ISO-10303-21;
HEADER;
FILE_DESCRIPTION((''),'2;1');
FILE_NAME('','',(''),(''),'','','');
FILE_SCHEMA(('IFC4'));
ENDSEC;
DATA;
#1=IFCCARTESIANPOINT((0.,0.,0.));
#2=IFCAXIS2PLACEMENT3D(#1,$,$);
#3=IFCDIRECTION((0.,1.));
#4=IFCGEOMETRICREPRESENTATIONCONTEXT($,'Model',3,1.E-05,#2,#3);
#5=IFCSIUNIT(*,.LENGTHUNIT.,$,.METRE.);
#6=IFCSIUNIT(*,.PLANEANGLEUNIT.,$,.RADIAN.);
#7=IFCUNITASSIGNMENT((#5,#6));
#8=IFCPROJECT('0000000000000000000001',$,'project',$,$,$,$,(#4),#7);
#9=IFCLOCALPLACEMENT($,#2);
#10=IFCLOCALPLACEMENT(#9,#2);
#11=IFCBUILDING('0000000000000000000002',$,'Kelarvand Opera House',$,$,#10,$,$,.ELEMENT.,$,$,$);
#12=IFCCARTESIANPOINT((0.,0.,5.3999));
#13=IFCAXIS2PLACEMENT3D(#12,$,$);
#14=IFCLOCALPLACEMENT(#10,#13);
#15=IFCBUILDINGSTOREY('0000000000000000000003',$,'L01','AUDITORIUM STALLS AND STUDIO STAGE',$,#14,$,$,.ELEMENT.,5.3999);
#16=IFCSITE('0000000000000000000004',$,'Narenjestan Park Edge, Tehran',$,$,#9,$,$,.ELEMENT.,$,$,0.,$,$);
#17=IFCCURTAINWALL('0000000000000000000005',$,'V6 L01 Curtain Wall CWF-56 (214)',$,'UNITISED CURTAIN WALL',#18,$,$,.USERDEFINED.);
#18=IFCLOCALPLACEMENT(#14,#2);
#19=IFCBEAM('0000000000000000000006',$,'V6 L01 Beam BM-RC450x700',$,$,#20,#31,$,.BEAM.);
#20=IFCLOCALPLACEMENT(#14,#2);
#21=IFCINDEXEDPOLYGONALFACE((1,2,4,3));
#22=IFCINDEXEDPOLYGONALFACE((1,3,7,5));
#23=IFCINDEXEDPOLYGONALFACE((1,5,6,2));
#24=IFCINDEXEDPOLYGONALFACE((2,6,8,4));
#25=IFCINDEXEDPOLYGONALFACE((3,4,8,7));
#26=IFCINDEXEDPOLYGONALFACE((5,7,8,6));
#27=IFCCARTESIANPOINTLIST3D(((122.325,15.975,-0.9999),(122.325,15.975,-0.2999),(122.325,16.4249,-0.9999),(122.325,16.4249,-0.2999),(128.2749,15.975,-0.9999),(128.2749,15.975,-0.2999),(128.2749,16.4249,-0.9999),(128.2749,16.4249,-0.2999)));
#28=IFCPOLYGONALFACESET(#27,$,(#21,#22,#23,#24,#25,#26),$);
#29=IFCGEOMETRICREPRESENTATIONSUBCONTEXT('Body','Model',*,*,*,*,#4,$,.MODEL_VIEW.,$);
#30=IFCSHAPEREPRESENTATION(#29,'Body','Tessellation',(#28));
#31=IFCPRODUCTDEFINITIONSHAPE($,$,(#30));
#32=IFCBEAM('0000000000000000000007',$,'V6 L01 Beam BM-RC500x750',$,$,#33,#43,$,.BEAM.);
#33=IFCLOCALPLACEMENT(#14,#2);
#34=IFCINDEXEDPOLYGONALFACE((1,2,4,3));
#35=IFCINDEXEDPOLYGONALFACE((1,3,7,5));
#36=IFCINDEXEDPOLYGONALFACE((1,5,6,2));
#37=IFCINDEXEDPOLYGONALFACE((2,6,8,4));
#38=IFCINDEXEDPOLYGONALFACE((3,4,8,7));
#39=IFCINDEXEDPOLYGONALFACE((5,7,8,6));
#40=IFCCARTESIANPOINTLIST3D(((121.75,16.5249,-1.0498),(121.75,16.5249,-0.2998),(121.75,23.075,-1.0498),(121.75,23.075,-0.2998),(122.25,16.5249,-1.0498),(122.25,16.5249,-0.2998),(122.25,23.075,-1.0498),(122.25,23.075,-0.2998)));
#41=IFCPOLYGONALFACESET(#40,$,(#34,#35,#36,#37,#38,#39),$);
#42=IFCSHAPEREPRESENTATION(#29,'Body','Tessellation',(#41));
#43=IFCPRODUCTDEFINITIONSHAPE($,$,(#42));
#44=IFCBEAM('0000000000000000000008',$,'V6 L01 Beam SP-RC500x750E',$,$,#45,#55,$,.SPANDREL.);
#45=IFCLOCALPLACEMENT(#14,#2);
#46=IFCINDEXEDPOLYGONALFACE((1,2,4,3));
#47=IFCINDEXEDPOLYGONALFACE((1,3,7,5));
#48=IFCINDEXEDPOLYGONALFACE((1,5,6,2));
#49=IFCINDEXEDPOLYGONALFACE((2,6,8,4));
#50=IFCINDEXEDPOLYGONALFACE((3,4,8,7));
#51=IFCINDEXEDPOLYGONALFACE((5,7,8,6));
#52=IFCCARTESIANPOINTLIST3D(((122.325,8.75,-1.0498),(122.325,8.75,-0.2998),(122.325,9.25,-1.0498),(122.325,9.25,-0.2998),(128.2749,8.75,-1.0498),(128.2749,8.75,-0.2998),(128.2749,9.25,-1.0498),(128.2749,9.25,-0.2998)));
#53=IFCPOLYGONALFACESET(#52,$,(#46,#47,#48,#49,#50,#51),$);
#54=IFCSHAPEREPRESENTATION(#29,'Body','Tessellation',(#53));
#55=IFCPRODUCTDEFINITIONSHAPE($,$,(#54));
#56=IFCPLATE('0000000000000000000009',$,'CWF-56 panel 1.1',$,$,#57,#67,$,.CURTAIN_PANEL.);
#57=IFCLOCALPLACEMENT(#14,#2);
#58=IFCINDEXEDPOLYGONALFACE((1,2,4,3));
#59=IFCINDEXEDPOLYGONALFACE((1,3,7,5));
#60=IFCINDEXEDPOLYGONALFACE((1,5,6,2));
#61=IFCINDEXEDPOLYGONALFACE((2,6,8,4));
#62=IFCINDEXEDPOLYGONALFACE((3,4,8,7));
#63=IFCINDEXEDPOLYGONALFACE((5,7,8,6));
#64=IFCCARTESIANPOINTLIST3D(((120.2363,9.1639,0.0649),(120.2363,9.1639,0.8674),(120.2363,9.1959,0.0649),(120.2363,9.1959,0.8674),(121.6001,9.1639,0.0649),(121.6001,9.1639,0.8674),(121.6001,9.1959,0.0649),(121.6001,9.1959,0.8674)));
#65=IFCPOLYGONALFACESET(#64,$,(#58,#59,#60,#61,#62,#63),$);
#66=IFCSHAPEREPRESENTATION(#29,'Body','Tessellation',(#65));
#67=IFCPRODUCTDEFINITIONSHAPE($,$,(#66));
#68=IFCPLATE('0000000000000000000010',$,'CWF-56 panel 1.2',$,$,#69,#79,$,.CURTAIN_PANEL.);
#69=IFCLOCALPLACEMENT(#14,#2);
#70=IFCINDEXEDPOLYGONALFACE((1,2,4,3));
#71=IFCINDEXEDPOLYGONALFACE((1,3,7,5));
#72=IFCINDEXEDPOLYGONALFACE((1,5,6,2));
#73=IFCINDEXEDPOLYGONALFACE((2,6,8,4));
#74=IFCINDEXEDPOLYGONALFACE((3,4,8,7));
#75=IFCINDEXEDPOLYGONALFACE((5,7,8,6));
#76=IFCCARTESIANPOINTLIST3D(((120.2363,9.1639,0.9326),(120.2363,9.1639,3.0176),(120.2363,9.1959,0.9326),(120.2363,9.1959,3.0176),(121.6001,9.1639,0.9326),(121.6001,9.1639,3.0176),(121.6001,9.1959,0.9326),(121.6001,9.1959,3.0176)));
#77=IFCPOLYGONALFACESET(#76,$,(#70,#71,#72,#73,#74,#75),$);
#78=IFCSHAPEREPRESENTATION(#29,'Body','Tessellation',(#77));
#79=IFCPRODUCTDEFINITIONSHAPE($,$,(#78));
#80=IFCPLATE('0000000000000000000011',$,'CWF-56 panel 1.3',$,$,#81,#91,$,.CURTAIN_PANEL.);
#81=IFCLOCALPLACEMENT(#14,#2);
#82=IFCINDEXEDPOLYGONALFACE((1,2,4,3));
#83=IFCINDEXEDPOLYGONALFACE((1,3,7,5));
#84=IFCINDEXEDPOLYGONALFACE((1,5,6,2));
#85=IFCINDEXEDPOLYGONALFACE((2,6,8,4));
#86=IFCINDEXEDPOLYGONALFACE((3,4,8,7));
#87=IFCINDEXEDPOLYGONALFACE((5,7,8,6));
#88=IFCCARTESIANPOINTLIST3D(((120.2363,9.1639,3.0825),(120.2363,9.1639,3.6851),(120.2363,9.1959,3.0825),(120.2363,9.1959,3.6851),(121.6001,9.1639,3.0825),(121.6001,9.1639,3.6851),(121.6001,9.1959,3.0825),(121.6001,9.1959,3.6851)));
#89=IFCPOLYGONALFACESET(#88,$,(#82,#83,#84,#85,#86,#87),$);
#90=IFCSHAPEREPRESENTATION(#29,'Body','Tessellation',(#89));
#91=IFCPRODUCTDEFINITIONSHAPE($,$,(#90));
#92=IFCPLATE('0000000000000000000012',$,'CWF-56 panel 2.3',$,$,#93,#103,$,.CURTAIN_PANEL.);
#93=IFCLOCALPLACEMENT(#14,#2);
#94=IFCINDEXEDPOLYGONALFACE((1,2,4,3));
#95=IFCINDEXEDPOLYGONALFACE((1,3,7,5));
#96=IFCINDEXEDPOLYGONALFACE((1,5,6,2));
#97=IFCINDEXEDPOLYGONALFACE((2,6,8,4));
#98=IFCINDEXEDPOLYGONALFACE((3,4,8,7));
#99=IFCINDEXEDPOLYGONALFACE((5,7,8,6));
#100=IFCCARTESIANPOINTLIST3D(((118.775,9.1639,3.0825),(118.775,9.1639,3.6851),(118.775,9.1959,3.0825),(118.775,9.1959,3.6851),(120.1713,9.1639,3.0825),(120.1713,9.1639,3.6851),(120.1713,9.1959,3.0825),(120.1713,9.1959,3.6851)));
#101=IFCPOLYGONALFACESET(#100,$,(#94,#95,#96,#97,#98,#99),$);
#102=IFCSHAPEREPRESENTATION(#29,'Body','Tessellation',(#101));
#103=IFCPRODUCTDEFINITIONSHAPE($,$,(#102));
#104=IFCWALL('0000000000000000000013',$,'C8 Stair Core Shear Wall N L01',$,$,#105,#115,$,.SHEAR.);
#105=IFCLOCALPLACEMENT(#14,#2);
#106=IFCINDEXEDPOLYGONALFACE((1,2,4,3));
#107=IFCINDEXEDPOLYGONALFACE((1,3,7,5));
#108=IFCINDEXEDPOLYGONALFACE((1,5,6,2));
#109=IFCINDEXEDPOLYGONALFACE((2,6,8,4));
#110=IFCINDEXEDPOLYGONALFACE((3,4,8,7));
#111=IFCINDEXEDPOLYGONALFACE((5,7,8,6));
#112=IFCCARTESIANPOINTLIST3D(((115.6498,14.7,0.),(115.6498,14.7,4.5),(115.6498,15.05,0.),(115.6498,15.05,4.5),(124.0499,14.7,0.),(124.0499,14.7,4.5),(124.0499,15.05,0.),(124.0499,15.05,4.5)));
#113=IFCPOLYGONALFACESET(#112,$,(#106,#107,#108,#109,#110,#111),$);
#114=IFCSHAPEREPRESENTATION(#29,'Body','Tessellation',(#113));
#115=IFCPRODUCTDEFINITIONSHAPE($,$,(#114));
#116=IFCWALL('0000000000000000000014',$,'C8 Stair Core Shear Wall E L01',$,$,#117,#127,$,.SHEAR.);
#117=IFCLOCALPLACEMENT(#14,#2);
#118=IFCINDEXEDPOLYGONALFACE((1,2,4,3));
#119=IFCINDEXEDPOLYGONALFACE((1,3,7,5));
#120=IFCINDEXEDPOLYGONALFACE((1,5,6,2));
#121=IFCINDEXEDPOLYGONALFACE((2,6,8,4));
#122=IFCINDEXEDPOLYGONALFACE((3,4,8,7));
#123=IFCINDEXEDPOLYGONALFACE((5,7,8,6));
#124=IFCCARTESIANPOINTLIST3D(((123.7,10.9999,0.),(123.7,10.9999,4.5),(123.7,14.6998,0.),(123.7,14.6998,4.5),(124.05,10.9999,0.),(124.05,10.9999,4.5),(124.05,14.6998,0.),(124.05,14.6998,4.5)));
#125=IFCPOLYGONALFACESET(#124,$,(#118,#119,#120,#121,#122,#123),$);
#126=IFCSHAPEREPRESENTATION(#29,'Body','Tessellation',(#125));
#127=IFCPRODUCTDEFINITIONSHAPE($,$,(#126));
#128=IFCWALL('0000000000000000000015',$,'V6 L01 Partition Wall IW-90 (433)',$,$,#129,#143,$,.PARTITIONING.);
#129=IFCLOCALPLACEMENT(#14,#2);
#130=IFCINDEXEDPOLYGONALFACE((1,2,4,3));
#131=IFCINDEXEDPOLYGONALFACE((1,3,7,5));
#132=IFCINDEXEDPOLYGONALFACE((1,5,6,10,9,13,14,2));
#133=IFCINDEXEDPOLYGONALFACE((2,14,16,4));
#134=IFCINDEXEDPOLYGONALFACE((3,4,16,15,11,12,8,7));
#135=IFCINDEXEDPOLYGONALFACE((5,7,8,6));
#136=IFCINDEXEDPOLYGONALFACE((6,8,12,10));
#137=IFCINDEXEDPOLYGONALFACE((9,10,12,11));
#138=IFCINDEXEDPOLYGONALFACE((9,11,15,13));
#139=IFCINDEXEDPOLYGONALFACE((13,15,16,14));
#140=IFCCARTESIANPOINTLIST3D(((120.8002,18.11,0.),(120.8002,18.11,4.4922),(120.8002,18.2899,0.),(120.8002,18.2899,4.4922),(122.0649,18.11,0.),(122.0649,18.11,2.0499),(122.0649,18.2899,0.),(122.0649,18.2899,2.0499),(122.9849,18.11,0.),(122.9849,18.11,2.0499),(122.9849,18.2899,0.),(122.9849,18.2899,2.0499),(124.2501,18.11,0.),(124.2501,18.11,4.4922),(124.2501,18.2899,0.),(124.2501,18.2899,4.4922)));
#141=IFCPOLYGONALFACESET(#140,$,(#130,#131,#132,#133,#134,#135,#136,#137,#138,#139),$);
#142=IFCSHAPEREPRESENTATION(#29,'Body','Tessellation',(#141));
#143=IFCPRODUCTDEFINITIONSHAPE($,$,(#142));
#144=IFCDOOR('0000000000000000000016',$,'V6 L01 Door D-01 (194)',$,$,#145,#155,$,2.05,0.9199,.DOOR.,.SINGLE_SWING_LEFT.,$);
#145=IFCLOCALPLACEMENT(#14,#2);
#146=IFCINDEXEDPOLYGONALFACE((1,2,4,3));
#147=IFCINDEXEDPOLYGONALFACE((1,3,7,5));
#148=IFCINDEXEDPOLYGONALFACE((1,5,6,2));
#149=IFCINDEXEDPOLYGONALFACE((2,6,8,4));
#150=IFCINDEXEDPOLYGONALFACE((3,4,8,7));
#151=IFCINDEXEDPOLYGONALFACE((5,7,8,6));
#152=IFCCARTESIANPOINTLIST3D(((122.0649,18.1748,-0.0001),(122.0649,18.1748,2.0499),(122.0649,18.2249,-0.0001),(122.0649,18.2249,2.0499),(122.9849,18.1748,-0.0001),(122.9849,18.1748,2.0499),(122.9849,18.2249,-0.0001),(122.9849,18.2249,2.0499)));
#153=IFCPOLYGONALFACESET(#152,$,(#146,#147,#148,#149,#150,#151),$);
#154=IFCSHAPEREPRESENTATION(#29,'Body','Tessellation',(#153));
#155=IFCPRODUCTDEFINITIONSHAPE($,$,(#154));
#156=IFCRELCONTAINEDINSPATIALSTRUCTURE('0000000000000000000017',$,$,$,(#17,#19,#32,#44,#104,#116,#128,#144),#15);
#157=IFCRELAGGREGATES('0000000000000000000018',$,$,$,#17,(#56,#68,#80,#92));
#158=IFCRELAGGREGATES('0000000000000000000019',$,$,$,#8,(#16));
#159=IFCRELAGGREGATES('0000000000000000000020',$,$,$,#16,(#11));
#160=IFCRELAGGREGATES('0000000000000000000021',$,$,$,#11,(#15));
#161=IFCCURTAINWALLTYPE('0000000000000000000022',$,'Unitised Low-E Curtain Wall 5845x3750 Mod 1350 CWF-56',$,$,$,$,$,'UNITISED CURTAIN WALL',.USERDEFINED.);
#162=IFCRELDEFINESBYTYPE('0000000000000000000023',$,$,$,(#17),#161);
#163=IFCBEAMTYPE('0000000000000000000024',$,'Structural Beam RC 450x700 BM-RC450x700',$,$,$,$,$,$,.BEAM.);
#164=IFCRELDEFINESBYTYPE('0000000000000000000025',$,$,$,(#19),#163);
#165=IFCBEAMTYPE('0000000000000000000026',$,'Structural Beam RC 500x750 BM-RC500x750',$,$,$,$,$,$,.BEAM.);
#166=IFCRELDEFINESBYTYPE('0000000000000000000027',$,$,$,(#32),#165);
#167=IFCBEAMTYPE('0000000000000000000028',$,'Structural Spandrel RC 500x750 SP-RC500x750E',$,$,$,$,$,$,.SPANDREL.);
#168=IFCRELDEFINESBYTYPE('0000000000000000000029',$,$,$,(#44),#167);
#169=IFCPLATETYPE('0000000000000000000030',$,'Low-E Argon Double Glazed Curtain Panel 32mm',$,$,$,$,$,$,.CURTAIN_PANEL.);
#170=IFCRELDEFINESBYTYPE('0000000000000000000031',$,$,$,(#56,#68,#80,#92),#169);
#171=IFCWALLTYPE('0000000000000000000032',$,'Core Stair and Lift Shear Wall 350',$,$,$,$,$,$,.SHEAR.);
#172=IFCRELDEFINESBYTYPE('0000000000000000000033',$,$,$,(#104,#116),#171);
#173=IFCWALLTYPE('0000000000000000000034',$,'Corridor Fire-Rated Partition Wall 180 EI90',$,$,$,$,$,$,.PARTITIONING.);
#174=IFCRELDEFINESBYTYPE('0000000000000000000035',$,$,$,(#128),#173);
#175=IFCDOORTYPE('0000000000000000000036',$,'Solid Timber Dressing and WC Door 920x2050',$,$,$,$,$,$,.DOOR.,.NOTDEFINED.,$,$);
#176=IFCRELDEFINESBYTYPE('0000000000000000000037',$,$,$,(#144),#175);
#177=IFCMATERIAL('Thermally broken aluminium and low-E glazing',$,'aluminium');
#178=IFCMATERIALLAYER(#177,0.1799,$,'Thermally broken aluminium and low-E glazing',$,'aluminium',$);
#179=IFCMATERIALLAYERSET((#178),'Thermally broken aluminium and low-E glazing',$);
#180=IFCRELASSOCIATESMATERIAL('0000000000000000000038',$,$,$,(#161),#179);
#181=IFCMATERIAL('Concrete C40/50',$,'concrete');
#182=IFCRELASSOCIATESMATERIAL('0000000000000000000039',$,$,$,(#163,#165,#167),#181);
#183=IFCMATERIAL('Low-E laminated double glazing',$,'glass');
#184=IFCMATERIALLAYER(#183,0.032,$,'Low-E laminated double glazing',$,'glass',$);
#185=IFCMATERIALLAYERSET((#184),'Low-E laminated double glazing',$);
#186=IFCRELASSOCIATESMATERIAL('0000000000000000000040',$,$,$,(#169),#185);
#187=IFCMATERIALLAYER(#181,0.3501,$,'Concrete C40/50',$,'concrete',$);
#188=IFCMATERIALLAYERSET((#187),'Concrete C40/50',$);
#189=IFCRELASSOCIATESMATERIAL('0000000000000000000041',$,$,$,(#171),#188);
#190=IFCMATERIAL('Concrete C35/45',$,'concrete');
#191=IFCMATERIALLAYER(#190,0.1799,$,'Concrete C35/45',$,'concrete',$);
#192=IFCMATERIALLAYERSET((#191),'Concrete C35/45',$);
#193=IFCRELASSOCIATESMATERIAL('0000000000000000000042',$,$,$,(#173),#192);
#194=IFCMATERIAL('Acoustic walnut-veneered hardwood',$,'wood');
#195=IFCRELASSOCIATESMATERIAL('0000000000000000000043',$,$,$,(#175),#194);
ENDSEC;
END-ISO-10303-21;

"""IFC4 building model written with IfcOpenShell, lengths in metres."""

from ifc_helpers import new_model, si_unit, direction, frame, frame_2d, origin, origin_2d, place, context, subcontext, project, spatial, rectangle, extrude, material, layer, layer_set, material_profile, profile_set, type_object, element, fill, aggregate, save


model = new_model("IFC4")

# Units and contexts
model_context = context("Model", 3, precision=1e-05, world=origin(), true_north=direction((0.0, 1.0)))
body_context = subcontext(model_context, "Body", "Model", "MODEL_VIEW")
ifc_project = project(units=[si_unit("LENGTHUNIT", "METRE"), si_unit("PLANEANGLEUNIT", "RADIAN")], contexts=[model_context])

# Site, building, storey
site_placement = place(None, origin())
site = spatial("IfcSite", under=ifc_project, at=site_placement, Name="Narenjestan Park Edge, Tehran", CompositionType="ELEMENT", RefElevation=0.0)
building_placement = place(site_placement, origin())
building = spatial("IfcBuilding", under=site, at=building_placement, Name="Kelarvand Opera House", CompositionType="ELEMENT")
storey_placement = place(building_placement, frame((0.0, 0.0, 5.3999)))
storey = spatial("IfcBuildingStorey", under=building, at=storey_placement, Name="L01", Description="AUDITORIUM STALLS AND STUDIO STAGE", CompositionType="ELEMENT", Elevation=5.3999)

# Shared definitions
ifc_material_1 = material(Name="Concrete C40/50", Category="concrete")

# Curtain wall
ifc_material_2 = material(Name="Thermally broken aluminium and low-E glazing", Category="aluminium")
ifc_layer_1 = layer(ifc_material_2, 0.1799, Name="Thermally broken aluminium and low-E glazing", Category="aluminium")
ifc_layer_set_1 = layer_set([ifc_layer_1], Name="Thermally broken aluminium and low-E glazing")
curtain_wall_type = type_object("IfcCurtainWallType", Name="Unitised Low-E Curtain Wall 5845x3750 Mod 1350 CWF-56", ElementType="UNITISED CURTAIN WALL", PredefinedType="USERDEFINED", material=ifc_layer_set_1)
curtain_wall_placement = place(storey_placement, origin())
curtain_wall = element("IfcCurtainWall", 1, at=curtain_wall_placement, inside=storey, type_object=curtain_wall_type, Name="V6 L01 Curtain Wall CWF-56 (214)", ObjectType="UNITISED CURTAIN WALL", PredefinedType="USERDEFINED")

# Beams
ifc_material_3 = material(Name="Concrete C35/45", Category="concrete")
ifc_material_profile_1 = material_profile(ifc_material_1, rectangle(XDim=0.45, YDim=0.7, at=origin_2d()), Name="RC 450x700", Category="concrete")
ifc_profile_set_1 = profile_set([ifc_material_profile_1], Name="Concrete C40/50")
beam_type_1 = type_object("IfcBeamType", Name="Structural Beam RC 450x700 BM-RC450x700", PredefinedType="BEAM", material=ifc_profile_set_1)
beam_1_placement = place(storey_placement, frame((122.325, 16.2, -0.6499), z_axis=(1.0, 0.0, 0.0), x_axis=(0.0, 1.0, 0.0)))
element("IfcBeam", 2, at=beam_1_placement, inside=storey, type_object=beam_type_1, Name="V6 L01 Beam BM-RC450x700", PredefinedType="BEAM", context=body_context, shape_type="SweptSolid", body=[
    extrude(rectangle(XDim=0.45, YDim=0.7, at=origin_2d()), origin(), (0.0, 0.0, 1.0), 5.95),
])
ifc_material_profile_2 = material_profile(ifc_material_1, rectangle(XDim=0.5, YDim=0.75, at=origin_2d()), Name="RC 500x750", Category="concrete")
ifc_profile_set_2 = profile_set([ifc_material_profile_2], Name="Concrete C40/50")
beam_type_2 = type_object("IfcBeamType", Name="Structural Beam RC 500x750 BM-RC500x750", PredefinedType="BEAM", material=ifc_profile_set_2)
beam_2_placement = place(storey_placement, frame((122.0, 16.5249, -0.6748), z_axis=(0.0, 1.0, 0.0), x_axis=(-1.0, 0.0, 0.0)))
element("IfcBeam", 3, at=beam_2_placement, inside=storey, type_object=beam_type_2, Name="V6 L01 Beam BM-RC500x750", PredefinedType="BEAM", context=body_context, shape_type="SweptSolid", body=[
    extrude(rectangle(XDim=0.5, YDim=0.75, at=origin_2d()), origin(), (0.0, 0.0, 1.0), 6.55),
])
ifc_material_profile_3 = material_profile(ifc_material_1, rectangle(XDim=0.5, YDim=0.75, at=origin_2d()), Name="RC 500x750", Category="concrete")
ifc_profile_set_3 = profile_set([ifc_material_profile_3], Name="Concrete C40/50")
beam_type_3 = type_object("IfcBeamType", Name="Structural Spandrel RC 500x750 SP-RC500x750E", PredefinedType="SPANDREL", material=ifc_profile_set_3)
beam_3_placement = place(storey_placement, frame((122.325, 9.0, -0.6748), z_axis=(1.0, 0.0, 0.0), x_axis=(0.0, 1.0, 0.0)))
element("IfcBeam", 4, at=beam_3_placement, inside=storey, type_object=beam_type_3, Name="V6 L01 Beam SP-RC500x750E", PredefinedType="SPANDREL", context=body_context, shape_type="SweptSolid", body=[
    extrude(rectangle(XDim=0.5, YDim=0.75, at=origin_2d()), origin(), (0.0, 0.0, 1.0), 5.95),
])

# Plates
ifc_material_4 = material(Name="Low-E laminated double glazing", Category="glass")
ifc_layer_2 = layer(ifc_material_4, 0.032, Name="Low-E laminated double glazing", Category="glass")
ifc_layer_set_2 = layer_set([ifc_layer_2], Name="Low-E laminated double glazing")
plate_type = type_object("IfcPlateType", Name="Low-E Argon Double Glazed Curtain Panel 32mm", PredefinedType="CURTAIN_PANEL", material=ifc_layer_set_2)
plate_1_placement = place(storey_placement, frame((120.9182, 9.1799, 0.0649), z_axis=(0.0, 0.0, 1.0), x_axis=(-1.0, 0.0, 0.0)))
plate_1 = element("IfcPlate", 5, at=plate_1_placement, type_object=plate_type, Name="CWF-56 panel 1.1", PredefinedType="CURTAIN_PANEL", context=body_context, shape_type="SweptSolid", body=[
    extrude(rectangle(XDim=1.3638, YDim=0.032, at=origin_2d()), origin(), (0.0, 0.0, 1.0), 0.8025),
])
plate_2_placement = place(storey_placement, frame((120.9182, 9.1799, 0.9326), z_axis=(0.0, 0.0, 1.0), x_axis=(-1.0, 0.0, 0.0)))
plate_2 = element("IfcPlate", 6, at=plate_2_placement, type_object=plate_type, Name="CWF-56 panel 1.2", PredefinedType="CURTAIN_PANEL", context=body_context, shape_type="SweptSolid", body=[
    extrude(rectangle(XDim=1.3638, YDim=0.032, at=origin_2d()), origin(), (0.0, 0.0, 1.0), 2.085),
])
plate_3_placement = place(storey_placement, frame((120.9182, 9.1799, 3.0825), z_axis=(0.0, 0.0, 1.0), x_axis=(-1.0, 0.0, 0.0)))
plate_3 = element("IfcPlate", 7, at=plate_3_placement, type_object=plate_type, Name="CWF-56 panel 1.3", PredefinedType="CURTAIN_PANEL", context=body_context, shape_type="SweptSolid", body=[
    extrude(rectangle(XDim=1.3638, YDim=0.032, at=origin_2d()), origin(), (0.0, 0.0, 1.0), 0.6025),
])
plate_4_placement = place(storey_placement, frame((119.4731, 9.1799, 3.0825), z_axis=(0.0, 0.0, 1.0), x_axis=(-1.0, 0.0, 0.0)))
plate_4 = element("IfcPlate", 8, at=plate_4_placement, type_object=plate_type, Name="CWF-56 panel 2.3", PredefinedType="CURTAIN_PANEL", context=body_context, shape_type="SweptSolid", body=[
    extrude(rectangle(XDim=1.3962, YDim=0.032, at=origin_2d()), origin(), (0.0, 0.0, 1.0), 0.6025),
])
aggregate(curtain_wall, [plate_1, plate_2, plate_3, plate_4])

# Walls
ifc_layer_3 = layer(ifc_material_1, 0.3501, Name="Concrete C40/50", Category="concrete")
ifc_layer_set_3 = layer_set([ifc_layer_3], Name="Concrete C40/50")
wall_type_1 = type_object("IfcWallType", Name="Core Stair and Lift Shear Wall 350", PredefinedType="SHEAR", material=ifc_layer_set_3)
wall_1_placement = place(storey_placement, frame((124.05, 14.875, 0.0), z_axis=(0.0, 0.0, 1.0), x_axis=(-1.0, 0.0, 0.0)))
element("IfcWall", 9, at=wall_1_placement, inside=storey, type_object=wall_type_1, Name="C8 Stair Core Shear Wall N L01", PredefinedType="SHEAR", context=body_context, shape_type="SweptSolid", body=[
    extrude(rectangle(XDim=8.4001, YDim=0.3501, at=frame_2d((4.2002, 0.0))), origin(), (0.0, 0.0, 1.0), 4.5),
])
wall_2_placement = place(storey_placement, frame((123.875, 14.7, 0.0), z_axis=(0.0, 0.0, 1.0), x_axis=(0.0, -1.0, 0.0)))
element("IfcWall", 10, at=wall_2_placement, inside=storey, type_object=wall_type_1, Name="C8 Stair Core Shear Wall E L01", PredefinedType="SHEAR", context=body_context, shape_type="SweptSolid", body=[
    extrude(rectangle(XDim=3.7, YDim=0.3501, at=frame_2d((1.8501, 0.0))), origin(), (0.0, 0.0, 1.0), 4.5),
])

# Wall, opening, door
ifc_layer_4 = layer(ifc_material_3, 0.1799, Name="Concrete C35/45", Category="concrete")
ifc_layer_set_4 = layer_set([ifc_layer_4], Name="Concrete C35/45")
wall_type_2 = type_object("IfcWallType", Name="Corridor Fire-Rated Partition Wall 180 EI90", PredefinedType="PARTITIONING", material=ifc_layer_set_4)
wall_3_placement = place(storey_placement, frame((120.8, 18.2, 0.0), z_axis=(0.0, 0.0, 1.0), x_axis=(1.0, 0.0, 0.0)))
wall_3 = element("IfcWall", 11, at=wall_3_placement, inside=storey, type_object=wall_type_2, Name="V6 L01 Partition Wall IW-90 (433)", PredefinedType="PARTITIONING", context=body_context, shape_type="SweptSolid", body=[
    extrude(rectangle(XDim=3.45, YDim=0.1799, at=frame_2d((1.7251, 0.0))), origin(), (0.0, 0.0, 1.0), 4.4922),
])
opening_placement = place(wall_3_placement, frame((1.2649, 0.0, 0.0)))
opening = element("IfcOpeningElement", 12, at=opening_placement, cuts=wall_3, PredefinedType="OPENING", context=body_context, shape_type="SweptSolid", body=[
    extrude(rectangle(XDim=0.9199, YDim=2.05, at=frame_2d((0.46, 1.0249))), frame((0.0, 0.1001, 0.0), z_axis=(0.0, -1.0, 0.0), x_axis=(1.0, 0.0, 0.0)), (0.0, 0.0, 1.0), 0.2),
])
ifc_material_5 = material(Name="Acoustic walnut-veneered hardwood", Category="wood")
door_type = type_object("IfcDoorType", Name="Solid Timber Dressing and WC Door 920x2050", OperationType="NOTDEFINED", PredefinedType="DOOR", material=ifc_material_5)
door_placement = place(opening_placement, origin())
door = element("IfcDoor", 13, at=door_placement, inside=storey, type_object=door_type, Name="V6 L01 Door D-01 (194)", OperationType="SINGLE_SWING_LEFT", OverallHeight=2.05, OverallWidth=0.9199, PredefinedType="DOOR", context=body_context, shape_type="SweptSolid", body=[
    extrude(rectangle(XDim=0.9199, YDim=2.05, at=frame_2d((0.46, 1.0249))), frame((0.0, 0.0249, 0.0), z_axis=(0.0, -1.0, 0.0), x_axis=(1.0, 0.0, 0.0)), (0.0, 0.0, 1.0), 0.05),
])
fill(opening, door)

save(model, "model.ifc")
